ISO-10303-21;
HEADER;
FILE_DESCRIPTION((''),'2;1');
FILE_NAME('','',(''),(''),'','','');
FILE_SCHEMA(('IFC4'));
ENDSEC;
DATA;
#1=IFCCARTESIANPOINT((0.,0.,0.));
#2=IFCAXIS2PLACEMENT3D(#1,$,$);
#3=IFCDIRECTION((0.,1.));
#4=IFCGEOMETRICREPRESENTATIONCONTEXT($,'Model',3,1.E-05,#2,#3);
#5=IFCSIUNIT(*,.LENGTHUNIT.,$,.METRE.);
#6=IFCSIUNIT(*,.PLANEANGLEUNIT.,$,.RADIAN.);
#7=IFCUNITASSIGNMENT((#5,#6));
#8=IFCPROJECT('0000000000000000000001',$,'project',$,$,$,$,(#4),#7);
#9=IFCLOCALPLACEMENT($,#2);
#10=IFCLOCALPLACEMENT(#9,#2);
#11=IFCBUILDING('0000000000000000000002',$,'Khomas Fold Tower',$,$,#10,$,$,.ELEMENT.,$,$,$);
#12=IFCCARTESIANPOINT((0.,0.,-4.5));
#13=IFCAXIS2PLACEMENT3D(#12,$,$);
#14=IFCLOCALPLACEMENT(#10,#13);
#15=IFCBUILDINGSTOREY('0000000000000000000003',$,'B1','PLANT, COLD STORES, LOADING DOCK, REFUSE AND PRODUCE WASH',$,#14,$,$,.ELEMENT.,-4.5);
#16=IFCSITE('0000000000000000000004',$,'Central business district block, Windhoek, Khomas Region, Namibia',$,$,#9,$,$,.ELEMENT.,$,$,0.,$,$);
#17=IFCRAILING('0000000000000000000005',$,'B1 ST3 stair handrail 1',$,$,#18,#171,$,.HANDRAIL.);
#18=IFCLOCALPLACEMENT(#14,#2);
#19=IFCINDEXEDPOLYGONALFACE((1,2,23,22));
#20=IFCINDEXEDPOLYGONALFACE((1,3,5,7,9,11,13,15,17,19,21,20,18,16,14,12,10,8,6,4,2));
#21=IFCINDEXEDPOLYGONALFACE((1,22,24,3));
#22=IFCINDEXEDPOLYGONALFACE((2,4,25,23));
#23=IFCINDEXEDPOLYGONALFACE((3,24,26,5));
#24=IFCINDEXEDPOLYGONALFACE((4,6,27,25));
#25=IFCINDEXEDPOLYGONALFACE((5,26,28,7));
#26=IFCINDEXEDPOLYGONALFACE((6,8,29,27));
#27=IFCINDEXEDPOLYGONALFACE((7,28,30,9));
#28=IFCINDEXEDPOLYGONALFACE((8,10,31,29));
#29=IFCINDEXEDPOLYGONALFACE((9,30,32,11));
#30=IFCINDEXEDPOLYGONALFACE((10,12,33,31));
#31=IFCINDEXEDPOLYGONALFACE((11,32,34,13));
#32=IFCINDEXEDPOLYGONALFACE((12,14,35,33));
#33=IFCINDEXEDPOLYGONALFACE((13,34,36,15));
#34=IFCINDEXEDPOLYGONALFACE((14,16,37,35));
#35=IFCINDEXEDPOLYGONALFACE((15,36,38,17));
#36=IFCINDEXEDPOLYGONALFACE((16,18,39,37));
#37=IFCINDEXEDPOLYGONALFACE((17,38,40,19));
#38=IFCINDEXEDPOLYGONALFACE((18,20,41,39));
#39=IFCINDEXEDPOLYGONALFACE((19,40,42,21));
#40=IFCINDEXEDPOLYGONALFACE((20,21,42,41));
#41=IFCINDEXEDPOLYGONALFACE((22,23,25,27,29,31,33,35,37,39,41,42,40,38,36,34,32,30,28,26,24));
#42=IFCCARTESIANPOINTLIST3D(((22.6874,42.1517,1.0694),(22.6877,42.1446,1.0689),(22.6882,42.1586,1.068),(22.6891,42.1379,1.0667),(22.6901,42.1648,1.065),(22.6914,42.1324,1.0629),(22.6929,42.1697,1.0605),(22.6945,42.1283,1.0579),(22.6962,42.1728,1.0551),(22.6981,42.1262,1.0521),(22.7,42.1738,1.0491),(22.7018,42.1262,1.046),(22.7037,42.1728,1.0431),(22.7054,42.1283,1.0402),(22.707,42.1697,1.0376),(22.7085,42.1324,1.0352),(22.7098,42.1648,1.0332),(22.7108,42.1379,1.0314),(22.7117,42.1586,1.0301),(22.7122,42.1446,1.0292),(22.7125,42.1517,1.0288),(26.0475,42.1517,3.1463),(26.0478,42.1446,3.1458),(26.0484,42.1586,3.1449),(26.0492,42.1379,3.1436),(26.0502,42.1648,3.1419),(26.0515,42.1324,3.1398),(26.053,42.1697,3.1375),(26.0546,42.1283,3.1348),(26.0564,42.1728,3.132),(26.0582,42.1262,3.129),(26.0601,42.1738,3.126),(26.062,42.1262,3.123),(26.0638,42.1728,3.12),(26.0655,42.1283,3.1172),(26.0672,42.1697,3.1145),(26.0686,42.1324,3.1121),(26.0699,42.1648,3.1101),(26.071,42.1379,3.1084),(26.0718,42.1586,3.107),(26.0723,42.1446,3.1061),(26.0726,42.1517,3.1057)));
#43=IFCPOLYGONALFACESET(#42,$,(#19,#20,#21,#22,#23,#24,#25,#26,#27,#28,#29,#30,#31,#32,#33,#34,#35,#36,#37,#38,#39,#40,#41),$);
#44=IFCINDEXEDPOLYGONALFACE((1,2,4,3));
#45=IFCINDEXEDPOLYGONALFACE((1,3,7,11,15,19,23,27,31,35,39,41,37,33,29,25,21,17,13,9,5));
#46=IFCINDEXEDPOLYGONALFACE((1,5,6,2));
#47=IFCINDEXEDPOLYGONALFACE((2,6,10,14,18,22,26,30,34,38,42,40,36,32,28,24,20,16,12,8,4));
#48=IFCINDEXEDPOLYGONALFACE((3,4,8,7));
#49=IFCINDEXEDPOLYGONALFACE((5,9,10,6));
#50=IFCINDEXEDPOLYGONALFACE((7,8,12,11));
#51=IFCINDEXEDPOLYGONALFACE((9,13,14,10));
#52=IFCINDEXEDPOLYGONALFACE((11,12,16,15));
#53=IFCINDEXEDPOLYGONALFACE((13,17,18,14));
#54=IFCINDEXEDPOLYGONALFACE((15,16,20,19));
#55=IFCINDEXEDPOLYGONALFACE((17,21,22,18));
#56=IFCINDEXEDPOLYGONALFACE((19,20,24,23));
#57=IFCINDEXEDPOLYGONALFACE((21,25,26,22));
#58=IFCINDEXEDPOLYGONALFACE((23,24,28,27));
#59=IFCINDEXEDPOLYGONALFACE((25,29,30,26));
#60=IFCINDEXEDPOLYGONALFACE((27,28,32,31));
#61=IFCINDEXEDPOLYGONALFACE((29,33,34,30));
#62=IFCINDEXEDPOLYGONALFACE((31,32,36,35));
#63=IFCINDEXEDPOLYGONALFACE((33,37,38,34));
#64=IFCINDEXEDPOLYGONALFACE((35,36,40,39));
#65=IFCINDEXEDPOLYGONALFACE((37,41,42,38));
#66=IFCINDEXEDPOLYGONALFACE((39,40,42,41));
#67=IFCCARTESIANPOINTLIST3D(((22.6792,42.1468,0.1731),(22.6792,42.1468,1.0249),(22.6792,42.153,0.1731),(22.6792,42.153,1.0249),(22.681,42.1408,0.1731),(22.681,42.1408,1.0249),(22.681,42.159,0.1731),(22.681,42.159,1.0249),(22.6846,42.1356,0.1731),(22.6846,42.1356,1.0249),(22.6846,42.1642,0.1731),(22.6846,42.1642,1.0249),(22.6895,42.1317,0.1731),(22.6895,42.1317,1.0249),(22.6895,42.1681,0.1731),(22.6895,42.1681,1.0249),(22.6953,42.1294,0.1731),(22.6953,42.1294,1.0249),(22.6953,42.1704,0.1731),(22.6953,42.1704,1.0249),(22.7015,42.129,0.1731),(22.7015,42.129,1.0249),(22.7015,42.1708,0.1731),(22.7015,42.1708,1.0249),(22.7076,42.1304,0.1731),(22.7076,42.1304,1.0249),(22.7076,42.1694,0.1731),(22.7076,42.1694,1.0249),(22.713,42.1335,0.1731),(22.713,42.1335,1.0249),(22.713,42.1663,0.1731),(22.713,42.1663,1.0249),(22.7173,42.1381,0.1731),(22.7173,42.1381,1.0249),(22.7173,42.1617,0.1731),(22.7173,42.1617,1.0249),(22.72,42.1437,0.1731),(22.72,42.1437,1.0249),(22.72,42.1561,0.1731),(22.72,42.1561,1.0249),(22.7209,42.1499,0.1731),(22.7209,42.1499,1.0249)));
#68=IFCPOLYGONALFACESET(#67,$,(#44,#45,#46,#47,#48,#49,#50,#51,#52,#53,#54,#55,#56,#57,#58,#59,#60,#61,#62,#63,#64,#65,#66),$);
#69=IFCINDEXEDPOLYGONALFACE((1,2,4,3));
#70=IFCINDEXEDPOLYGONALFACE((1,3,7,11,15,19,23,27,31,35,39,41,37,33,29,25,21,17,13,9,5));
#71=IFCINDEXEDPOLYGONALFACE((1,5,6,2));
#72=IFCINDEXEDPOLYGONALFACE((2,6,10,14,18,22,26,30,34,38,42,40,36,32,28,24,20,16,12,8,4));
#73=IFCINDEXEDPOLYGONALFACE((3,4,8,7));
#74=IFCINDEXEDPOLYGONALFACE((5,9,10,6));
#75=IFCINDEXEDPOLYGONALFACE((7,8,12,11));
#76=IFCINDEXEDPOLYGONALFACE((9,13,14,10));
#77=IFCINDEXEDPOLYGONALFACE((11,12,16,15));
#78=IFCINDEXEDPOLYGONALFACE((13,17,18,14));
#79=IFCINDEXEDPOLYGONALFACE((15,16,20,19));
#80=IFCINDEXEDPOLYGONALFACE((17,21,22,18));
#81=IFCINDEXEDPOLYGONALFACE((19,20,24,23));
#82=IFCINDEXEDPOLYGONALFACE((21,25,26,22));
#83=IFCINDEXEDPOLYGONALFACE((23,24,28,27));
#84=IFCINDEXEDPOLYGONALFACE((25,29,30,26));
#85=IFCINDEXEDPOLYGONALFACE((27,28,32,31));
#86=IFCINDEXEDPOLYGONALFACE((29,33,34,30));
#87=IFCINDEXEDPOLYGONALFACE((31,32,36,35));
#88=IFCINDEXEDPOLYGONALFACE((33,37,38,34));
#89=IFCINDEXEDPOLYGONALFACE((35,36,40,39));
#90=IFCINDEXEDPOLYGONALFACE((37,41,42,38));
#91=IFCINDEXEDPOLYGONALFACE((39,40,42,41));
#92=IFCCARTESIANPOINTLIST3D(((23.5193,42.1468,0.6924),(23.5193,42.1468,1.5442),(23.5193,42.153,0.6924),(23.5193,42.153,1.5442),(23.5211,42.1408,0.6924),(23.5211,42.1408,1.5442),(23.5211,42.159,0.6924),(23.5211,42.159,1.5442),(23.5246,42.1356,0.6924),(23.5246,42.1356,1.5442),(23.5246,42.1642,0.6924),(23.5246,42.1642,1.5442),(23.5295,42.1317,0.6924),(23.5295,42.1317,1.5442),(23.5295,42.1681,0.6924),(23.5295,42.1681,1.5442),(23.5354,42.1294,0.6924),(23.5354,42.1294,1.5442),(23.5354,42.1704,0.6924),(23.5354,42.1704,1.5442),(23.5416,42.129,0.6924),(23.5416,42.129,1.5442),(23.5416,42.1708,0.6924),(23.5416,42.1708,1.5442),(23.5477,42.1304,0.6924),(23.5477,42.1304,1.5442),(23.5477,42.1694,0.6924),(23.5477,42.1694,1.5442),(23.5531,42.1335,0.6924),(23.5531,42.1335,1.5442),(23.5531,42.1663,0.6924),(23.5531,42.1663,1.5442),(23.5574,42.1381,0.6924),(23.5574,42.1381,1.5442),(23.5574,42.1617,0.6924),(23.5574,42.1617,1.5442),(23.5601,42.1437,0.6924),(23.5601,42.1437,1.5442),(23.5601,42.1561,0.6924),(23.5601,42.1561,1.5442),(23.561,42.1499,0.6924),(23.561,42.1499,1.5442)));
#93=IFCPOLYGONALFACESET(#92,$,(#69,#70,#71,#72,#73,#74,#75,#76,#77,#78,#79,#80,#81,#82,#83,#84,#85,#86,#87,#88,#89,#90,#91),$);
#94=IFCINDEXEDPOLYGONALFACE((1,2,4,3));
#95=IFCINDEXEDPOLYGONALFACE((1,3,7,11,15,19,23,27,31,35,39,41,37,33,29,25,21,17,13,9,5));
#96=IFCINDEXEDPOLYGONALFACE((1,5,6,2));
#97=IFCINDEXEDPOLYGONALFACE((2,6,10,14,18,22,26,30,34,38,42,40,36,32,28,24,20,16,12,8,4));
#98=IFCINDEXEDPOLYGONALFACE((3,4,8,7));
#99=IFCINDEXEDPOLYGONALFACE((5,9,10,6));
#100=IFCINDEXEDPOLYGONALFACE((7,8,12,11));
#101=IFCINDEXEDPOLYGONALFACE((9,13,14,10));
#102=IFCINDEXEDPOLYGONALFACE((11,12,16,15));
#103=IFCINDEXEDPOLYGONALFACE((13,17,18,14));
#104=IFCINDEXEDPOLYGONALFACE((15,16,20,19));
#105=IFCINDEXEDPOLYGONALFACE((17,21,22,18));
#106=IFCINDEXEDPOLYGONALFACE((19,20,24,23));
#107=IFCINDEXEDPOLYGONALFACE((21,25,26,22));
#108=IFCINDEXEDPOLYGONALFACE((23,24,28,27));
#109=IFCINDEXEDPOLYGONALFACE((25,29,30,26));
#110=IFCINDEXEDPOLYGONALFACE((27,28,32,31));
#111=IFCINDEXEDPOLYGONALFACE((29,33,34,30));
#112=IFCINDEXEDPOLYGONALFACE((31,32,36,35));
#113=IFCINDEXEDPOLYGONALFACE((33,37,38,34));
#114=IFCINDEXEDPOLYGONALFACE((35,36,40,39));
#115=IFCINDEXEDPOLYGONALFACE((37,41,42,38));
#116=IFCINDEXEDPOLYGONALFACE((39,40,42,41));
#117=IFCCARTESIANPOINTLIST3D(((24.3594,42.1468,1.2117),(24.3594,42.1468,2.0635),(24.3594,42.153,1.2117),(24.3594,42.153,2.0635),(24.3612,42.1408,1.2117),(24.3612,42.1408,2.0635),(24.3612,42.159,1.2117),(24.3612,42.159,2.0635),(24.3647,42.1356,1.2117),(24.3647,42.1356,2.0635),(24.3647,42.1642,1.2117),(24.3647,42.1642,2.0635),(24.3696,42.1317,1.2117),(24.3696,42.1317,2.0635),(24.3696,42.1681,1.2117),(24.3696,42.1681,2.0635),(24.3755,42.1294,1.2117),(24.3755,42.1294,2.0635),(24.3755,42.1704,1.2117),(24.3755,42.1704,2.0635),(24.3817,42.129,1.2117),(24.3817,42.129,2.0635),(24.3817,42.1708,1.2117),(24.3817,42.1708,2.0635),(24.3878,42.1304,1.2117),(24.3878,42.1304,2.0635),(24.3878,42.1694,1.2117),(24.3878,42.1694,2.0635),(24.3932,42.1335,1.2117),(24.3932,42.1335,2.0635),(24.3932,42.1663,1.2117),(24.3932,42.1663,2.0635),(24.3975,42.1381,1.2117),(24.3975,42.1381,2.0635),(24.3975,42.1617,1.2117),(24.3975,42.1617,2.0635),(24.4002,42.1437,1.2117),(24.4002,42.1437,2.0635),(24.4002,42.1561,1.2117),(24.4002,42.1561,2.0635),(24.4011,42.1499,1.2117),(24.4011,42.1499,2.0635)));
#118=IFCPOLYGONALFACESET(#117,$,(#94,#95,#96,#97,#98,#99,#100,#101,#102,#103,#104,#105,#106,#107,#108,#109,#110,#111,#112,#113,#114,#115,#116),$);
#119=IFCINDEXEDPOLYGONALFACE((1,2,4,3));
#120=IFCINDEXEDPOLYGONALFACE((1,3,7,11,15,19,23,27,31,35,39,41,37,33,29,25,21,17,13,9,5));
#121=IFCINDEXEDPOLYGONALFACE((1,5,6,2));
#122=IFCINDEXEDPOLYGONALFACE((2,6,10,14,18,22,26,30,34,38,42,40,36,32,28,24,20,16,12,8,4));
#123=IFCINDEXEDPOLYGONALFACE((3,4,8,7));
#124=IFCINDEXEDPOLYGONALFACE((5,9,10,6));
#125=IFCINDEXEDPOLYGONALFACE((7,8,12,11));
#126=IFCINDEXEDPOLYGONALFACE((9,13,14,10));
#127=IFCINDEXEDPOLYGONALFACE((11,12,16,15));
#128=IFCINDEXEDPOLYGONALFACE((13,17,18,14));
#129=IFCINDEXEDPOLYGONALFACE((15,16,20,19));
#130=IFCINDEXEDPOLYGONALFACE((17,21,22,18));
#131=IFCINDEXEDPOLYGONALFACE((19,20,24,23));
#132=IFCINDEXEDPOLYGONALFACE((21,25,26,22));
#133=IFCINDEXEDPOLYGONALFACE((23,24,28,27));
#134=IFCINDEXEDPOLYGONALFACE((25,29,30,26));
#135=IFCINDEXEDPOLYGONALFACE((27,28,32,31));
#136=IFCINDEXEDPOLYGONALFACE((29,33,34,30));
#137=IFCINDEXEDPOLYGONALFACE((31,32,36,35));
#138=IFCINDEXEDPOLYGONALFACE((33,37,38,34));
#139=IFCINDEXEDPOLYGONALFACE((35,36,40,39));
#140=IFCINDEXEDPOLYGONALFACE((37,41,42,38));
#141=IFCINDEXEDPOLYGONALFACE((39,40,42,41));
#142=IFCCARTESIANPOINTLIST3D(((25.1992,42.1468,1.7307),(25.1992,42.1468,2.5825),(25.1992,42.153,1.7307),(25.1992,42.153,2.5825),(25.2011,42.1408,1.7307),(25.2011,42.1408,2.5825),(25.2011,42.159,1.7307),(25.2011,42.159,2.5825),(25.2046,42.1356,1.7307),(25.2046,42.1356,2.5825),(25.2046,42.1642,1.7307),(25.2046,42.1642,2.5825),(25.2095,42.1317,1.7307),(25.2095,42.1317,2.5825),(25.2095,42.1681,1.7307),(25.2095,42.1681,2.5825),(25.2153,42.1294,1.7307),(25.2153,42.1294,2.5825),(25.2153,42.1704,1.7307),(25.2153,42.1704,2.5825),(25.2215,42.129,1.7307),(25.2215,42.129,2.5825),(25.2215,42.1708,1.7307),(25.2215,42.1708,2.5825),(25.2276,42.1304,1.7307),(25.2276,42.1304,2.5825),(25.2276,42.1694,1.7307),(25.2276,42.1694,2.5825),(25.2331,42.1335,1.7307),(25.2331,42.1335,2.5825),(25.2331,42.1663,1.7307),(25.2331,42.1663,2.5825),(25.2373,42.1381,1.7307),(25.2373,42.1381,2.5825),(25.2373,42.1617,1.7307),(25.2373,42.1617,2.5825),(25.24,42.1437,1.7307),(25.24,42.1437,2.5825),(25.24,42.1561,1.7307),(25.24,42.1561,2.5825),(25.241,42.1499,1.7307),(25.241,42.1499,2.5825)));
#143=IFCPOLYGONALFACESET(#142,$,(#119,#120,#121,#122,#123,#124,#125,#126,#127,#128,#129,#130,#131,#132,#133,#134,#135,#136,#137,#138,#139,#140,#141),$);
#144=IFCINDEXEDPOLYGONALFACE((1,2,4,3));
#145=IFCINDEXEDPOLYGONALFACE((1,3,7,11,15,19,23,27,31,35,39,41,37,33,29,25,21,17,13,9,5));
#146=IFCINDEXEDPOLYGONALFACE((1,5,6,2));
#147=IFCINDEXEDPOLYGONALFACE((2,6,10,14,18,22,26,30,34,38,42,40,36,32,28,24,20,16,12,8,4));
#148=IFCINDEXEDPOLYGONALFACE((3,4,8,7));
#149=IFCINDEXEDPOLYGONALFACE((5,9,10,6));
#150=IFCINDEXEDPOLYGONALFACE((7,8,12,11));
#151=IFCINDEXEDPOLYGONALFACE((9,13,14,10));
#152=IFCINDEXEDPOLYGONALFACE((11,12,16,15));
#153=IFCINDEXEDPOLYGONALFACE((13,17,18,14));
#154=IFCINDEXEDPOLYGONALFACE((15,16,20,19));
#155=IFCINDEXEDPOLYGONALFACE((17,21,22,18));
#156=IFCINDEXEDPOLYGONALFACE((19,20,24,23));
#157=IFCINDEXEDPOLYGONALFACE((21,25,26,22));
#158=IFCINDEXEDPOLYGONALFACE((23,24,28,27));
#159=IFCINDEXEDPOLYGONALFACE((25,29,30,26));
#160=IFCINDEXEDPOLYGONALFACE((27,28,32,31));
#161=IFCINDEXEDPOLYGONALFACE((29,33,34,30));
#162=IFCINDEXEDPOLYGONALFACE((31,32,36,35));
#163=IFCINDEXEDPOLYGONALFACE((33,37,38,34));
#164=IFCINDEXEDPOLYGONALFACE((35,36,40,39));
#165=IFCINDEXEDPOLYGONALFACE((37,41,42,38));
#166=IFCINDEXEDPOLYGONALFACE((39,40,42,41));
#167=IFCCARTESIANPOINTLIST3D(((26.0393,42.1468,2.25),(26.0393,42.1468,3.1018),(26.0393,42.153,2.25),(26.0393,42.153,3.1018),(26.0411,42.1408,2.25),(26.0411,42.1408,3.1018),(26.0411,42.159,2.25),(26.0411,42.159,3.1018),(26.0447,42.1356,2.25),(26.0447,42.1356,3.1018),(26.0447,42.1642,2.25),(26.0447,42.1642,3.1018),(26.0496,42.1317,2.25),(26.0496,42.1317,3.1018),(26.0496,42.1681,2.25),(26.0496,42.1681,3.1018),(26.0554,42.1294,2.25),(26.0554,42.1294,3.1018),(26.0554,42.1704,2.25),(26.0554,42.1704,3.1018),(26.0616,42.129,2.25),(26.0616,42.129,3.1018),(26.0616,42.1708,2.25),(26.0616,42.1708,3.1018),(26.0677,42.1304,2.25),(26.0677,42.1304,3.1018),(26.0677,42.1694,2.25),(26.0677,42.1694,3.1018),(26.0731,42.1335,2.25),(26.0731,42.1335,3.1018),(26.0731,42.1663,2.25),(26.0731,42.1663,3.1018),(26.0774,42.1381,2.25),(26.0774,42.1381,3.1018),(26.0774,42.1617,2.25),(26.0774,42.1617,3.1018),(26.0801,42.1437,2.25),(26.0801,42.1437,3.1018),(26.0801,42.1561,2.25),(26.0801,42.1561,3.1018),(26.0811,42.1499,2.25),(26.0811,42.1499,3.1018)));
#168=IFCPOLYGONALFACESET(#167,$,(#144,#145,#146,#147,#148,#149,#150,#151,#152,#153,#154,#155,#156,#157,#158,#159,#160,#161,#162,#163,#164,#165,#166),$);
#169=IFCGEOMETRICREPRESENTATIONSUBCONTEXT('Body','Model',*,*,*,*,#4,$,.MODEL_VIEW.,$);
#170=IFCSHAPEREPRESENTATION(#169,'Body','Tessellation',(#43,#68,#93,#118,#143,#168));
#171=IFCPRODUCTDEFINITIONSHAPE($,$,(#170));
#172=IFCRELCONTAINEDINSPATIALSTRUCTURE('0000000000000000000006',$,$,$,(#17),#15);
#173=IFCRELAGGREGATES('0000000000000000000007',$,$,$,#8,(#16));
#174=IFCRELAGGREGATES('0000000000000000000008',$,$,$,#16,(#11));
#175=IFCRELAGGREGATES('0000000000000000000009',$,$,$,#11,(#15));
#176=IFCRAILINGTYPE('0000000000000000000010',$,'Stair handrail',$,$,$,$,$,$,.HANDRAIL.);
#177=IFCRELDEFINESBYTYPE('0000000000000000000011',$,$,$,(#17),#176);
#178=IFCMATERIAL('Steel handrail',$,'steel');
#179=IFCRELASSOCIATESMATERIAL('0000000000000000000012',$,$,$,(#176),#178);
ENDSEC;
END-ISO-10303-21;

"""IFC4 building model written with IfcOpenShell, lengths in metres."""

from ifc_helpers import new_model, si_unit, direction, frame, origin, origin_2d, place, context, subcontext, project, spatial, circle, extrude, source, transform, mapped, material, type_object, element, save


model = new_model("IFC4")

# Units and contexts
model_context = context("Model", 3, precision=1e-05, world=origin(), true_north=direction((0.0, 1.0)))
body_context = subcontext(model_context, "Body", "Model", "MODEL_VIEW")
ifc_project = project(units=[si_unit("LENGTHUNIT", "METRE"), si_unit("PLANEANGLEUNIT", "RADIAN")], contexts=[model_context])

# Site, building, storey
site_placement = place(None, origin())
site = spatial("IfcSite", under=ifc_project, at=site_placement, Name="Central business district block, Windhoek, Khomas Region, Namibia", CompositionType="ELEMENT", RefElevation=0.0)
building_placement = place(site_placement, origin())
building = spatial("IfcBuilding", under=site, at=building_placement, Name="Khomas Fold Tower", CompositionType="ELEMENT")
storey_placement = place(building_placement, frame((0.0, 0.0, -4.5)))
storey = spatial("IfcBuildingStorey", under=building, at=storey_placement, Name="B1", Description="PLANT, COLD STORES, LOADING DOCK, REFUSE AND PRODUCE WASH", CompositionType="ELEMENT", Elevation=-4.5)

# Railing
ifc_material_1 = material(Name="Steel handrail", Category="steel")
railing_type_1 = type_object("IfcRailingType", Name="Stair handrail", PredefinedType="HANDRAIL", material=ifc_material_1)
shared_shape_1 = source(origin(), body_context, "Body", "SweptSolid", [
    extrude(circle(Radius=0.0239, at=origin_2d()), frame((0.0, 0.0, 0.876), z_axis=(0.850623, 0.0, 0.525776), x_axis=(0.0, 1.0, 0.0)), (0.0, 0.0, 1.0), 3.9502),
    extrude(circle(Radius=0.021, at=origin_2d()), origin(), (0.0, 0.0, 1.0), 0.8518),
    extrude(circle(Radius=0.021, at=origin_2d()), frame((0.8401, 0.0, 0.5193)), (0.0, 0.0, 1.0), 0.8518),
    extrude(circle(Radius=0.021, at=origin_2d()), frame((1.6802, 0.0, 1.0386)), (0.0, 0.0, 1.0), 0.8518),
    extrude(circle(Radius=0.021, at=origin_2d()), frame((2.52, 0.0, 1.5576)), (0.0, 0.0, 1.0), 0.8518),
    extrude(circle(Radius=0.021, at=origin_2d()), frame((3.3601, 0.0, 2.0769)), (0.0, 0.0, 1.0), 0.8518),
])
railing_1_placement = place(storey_placement, frame((22.7, 42.1499, 0.1731)))
element("IfcRailing", 1, at=railing_1_placement, inside=storey, type_object=railing_type_1, Name="B1 ST3 stair handrail 1", PredefinedType="HANDRAIL", context=body_context, shape_type="MappedRepresentation", body=[
    mapped(shared_shape_1, transform((0.0, 0.0, 0.0))),
])

save(model, "model.ifc")
